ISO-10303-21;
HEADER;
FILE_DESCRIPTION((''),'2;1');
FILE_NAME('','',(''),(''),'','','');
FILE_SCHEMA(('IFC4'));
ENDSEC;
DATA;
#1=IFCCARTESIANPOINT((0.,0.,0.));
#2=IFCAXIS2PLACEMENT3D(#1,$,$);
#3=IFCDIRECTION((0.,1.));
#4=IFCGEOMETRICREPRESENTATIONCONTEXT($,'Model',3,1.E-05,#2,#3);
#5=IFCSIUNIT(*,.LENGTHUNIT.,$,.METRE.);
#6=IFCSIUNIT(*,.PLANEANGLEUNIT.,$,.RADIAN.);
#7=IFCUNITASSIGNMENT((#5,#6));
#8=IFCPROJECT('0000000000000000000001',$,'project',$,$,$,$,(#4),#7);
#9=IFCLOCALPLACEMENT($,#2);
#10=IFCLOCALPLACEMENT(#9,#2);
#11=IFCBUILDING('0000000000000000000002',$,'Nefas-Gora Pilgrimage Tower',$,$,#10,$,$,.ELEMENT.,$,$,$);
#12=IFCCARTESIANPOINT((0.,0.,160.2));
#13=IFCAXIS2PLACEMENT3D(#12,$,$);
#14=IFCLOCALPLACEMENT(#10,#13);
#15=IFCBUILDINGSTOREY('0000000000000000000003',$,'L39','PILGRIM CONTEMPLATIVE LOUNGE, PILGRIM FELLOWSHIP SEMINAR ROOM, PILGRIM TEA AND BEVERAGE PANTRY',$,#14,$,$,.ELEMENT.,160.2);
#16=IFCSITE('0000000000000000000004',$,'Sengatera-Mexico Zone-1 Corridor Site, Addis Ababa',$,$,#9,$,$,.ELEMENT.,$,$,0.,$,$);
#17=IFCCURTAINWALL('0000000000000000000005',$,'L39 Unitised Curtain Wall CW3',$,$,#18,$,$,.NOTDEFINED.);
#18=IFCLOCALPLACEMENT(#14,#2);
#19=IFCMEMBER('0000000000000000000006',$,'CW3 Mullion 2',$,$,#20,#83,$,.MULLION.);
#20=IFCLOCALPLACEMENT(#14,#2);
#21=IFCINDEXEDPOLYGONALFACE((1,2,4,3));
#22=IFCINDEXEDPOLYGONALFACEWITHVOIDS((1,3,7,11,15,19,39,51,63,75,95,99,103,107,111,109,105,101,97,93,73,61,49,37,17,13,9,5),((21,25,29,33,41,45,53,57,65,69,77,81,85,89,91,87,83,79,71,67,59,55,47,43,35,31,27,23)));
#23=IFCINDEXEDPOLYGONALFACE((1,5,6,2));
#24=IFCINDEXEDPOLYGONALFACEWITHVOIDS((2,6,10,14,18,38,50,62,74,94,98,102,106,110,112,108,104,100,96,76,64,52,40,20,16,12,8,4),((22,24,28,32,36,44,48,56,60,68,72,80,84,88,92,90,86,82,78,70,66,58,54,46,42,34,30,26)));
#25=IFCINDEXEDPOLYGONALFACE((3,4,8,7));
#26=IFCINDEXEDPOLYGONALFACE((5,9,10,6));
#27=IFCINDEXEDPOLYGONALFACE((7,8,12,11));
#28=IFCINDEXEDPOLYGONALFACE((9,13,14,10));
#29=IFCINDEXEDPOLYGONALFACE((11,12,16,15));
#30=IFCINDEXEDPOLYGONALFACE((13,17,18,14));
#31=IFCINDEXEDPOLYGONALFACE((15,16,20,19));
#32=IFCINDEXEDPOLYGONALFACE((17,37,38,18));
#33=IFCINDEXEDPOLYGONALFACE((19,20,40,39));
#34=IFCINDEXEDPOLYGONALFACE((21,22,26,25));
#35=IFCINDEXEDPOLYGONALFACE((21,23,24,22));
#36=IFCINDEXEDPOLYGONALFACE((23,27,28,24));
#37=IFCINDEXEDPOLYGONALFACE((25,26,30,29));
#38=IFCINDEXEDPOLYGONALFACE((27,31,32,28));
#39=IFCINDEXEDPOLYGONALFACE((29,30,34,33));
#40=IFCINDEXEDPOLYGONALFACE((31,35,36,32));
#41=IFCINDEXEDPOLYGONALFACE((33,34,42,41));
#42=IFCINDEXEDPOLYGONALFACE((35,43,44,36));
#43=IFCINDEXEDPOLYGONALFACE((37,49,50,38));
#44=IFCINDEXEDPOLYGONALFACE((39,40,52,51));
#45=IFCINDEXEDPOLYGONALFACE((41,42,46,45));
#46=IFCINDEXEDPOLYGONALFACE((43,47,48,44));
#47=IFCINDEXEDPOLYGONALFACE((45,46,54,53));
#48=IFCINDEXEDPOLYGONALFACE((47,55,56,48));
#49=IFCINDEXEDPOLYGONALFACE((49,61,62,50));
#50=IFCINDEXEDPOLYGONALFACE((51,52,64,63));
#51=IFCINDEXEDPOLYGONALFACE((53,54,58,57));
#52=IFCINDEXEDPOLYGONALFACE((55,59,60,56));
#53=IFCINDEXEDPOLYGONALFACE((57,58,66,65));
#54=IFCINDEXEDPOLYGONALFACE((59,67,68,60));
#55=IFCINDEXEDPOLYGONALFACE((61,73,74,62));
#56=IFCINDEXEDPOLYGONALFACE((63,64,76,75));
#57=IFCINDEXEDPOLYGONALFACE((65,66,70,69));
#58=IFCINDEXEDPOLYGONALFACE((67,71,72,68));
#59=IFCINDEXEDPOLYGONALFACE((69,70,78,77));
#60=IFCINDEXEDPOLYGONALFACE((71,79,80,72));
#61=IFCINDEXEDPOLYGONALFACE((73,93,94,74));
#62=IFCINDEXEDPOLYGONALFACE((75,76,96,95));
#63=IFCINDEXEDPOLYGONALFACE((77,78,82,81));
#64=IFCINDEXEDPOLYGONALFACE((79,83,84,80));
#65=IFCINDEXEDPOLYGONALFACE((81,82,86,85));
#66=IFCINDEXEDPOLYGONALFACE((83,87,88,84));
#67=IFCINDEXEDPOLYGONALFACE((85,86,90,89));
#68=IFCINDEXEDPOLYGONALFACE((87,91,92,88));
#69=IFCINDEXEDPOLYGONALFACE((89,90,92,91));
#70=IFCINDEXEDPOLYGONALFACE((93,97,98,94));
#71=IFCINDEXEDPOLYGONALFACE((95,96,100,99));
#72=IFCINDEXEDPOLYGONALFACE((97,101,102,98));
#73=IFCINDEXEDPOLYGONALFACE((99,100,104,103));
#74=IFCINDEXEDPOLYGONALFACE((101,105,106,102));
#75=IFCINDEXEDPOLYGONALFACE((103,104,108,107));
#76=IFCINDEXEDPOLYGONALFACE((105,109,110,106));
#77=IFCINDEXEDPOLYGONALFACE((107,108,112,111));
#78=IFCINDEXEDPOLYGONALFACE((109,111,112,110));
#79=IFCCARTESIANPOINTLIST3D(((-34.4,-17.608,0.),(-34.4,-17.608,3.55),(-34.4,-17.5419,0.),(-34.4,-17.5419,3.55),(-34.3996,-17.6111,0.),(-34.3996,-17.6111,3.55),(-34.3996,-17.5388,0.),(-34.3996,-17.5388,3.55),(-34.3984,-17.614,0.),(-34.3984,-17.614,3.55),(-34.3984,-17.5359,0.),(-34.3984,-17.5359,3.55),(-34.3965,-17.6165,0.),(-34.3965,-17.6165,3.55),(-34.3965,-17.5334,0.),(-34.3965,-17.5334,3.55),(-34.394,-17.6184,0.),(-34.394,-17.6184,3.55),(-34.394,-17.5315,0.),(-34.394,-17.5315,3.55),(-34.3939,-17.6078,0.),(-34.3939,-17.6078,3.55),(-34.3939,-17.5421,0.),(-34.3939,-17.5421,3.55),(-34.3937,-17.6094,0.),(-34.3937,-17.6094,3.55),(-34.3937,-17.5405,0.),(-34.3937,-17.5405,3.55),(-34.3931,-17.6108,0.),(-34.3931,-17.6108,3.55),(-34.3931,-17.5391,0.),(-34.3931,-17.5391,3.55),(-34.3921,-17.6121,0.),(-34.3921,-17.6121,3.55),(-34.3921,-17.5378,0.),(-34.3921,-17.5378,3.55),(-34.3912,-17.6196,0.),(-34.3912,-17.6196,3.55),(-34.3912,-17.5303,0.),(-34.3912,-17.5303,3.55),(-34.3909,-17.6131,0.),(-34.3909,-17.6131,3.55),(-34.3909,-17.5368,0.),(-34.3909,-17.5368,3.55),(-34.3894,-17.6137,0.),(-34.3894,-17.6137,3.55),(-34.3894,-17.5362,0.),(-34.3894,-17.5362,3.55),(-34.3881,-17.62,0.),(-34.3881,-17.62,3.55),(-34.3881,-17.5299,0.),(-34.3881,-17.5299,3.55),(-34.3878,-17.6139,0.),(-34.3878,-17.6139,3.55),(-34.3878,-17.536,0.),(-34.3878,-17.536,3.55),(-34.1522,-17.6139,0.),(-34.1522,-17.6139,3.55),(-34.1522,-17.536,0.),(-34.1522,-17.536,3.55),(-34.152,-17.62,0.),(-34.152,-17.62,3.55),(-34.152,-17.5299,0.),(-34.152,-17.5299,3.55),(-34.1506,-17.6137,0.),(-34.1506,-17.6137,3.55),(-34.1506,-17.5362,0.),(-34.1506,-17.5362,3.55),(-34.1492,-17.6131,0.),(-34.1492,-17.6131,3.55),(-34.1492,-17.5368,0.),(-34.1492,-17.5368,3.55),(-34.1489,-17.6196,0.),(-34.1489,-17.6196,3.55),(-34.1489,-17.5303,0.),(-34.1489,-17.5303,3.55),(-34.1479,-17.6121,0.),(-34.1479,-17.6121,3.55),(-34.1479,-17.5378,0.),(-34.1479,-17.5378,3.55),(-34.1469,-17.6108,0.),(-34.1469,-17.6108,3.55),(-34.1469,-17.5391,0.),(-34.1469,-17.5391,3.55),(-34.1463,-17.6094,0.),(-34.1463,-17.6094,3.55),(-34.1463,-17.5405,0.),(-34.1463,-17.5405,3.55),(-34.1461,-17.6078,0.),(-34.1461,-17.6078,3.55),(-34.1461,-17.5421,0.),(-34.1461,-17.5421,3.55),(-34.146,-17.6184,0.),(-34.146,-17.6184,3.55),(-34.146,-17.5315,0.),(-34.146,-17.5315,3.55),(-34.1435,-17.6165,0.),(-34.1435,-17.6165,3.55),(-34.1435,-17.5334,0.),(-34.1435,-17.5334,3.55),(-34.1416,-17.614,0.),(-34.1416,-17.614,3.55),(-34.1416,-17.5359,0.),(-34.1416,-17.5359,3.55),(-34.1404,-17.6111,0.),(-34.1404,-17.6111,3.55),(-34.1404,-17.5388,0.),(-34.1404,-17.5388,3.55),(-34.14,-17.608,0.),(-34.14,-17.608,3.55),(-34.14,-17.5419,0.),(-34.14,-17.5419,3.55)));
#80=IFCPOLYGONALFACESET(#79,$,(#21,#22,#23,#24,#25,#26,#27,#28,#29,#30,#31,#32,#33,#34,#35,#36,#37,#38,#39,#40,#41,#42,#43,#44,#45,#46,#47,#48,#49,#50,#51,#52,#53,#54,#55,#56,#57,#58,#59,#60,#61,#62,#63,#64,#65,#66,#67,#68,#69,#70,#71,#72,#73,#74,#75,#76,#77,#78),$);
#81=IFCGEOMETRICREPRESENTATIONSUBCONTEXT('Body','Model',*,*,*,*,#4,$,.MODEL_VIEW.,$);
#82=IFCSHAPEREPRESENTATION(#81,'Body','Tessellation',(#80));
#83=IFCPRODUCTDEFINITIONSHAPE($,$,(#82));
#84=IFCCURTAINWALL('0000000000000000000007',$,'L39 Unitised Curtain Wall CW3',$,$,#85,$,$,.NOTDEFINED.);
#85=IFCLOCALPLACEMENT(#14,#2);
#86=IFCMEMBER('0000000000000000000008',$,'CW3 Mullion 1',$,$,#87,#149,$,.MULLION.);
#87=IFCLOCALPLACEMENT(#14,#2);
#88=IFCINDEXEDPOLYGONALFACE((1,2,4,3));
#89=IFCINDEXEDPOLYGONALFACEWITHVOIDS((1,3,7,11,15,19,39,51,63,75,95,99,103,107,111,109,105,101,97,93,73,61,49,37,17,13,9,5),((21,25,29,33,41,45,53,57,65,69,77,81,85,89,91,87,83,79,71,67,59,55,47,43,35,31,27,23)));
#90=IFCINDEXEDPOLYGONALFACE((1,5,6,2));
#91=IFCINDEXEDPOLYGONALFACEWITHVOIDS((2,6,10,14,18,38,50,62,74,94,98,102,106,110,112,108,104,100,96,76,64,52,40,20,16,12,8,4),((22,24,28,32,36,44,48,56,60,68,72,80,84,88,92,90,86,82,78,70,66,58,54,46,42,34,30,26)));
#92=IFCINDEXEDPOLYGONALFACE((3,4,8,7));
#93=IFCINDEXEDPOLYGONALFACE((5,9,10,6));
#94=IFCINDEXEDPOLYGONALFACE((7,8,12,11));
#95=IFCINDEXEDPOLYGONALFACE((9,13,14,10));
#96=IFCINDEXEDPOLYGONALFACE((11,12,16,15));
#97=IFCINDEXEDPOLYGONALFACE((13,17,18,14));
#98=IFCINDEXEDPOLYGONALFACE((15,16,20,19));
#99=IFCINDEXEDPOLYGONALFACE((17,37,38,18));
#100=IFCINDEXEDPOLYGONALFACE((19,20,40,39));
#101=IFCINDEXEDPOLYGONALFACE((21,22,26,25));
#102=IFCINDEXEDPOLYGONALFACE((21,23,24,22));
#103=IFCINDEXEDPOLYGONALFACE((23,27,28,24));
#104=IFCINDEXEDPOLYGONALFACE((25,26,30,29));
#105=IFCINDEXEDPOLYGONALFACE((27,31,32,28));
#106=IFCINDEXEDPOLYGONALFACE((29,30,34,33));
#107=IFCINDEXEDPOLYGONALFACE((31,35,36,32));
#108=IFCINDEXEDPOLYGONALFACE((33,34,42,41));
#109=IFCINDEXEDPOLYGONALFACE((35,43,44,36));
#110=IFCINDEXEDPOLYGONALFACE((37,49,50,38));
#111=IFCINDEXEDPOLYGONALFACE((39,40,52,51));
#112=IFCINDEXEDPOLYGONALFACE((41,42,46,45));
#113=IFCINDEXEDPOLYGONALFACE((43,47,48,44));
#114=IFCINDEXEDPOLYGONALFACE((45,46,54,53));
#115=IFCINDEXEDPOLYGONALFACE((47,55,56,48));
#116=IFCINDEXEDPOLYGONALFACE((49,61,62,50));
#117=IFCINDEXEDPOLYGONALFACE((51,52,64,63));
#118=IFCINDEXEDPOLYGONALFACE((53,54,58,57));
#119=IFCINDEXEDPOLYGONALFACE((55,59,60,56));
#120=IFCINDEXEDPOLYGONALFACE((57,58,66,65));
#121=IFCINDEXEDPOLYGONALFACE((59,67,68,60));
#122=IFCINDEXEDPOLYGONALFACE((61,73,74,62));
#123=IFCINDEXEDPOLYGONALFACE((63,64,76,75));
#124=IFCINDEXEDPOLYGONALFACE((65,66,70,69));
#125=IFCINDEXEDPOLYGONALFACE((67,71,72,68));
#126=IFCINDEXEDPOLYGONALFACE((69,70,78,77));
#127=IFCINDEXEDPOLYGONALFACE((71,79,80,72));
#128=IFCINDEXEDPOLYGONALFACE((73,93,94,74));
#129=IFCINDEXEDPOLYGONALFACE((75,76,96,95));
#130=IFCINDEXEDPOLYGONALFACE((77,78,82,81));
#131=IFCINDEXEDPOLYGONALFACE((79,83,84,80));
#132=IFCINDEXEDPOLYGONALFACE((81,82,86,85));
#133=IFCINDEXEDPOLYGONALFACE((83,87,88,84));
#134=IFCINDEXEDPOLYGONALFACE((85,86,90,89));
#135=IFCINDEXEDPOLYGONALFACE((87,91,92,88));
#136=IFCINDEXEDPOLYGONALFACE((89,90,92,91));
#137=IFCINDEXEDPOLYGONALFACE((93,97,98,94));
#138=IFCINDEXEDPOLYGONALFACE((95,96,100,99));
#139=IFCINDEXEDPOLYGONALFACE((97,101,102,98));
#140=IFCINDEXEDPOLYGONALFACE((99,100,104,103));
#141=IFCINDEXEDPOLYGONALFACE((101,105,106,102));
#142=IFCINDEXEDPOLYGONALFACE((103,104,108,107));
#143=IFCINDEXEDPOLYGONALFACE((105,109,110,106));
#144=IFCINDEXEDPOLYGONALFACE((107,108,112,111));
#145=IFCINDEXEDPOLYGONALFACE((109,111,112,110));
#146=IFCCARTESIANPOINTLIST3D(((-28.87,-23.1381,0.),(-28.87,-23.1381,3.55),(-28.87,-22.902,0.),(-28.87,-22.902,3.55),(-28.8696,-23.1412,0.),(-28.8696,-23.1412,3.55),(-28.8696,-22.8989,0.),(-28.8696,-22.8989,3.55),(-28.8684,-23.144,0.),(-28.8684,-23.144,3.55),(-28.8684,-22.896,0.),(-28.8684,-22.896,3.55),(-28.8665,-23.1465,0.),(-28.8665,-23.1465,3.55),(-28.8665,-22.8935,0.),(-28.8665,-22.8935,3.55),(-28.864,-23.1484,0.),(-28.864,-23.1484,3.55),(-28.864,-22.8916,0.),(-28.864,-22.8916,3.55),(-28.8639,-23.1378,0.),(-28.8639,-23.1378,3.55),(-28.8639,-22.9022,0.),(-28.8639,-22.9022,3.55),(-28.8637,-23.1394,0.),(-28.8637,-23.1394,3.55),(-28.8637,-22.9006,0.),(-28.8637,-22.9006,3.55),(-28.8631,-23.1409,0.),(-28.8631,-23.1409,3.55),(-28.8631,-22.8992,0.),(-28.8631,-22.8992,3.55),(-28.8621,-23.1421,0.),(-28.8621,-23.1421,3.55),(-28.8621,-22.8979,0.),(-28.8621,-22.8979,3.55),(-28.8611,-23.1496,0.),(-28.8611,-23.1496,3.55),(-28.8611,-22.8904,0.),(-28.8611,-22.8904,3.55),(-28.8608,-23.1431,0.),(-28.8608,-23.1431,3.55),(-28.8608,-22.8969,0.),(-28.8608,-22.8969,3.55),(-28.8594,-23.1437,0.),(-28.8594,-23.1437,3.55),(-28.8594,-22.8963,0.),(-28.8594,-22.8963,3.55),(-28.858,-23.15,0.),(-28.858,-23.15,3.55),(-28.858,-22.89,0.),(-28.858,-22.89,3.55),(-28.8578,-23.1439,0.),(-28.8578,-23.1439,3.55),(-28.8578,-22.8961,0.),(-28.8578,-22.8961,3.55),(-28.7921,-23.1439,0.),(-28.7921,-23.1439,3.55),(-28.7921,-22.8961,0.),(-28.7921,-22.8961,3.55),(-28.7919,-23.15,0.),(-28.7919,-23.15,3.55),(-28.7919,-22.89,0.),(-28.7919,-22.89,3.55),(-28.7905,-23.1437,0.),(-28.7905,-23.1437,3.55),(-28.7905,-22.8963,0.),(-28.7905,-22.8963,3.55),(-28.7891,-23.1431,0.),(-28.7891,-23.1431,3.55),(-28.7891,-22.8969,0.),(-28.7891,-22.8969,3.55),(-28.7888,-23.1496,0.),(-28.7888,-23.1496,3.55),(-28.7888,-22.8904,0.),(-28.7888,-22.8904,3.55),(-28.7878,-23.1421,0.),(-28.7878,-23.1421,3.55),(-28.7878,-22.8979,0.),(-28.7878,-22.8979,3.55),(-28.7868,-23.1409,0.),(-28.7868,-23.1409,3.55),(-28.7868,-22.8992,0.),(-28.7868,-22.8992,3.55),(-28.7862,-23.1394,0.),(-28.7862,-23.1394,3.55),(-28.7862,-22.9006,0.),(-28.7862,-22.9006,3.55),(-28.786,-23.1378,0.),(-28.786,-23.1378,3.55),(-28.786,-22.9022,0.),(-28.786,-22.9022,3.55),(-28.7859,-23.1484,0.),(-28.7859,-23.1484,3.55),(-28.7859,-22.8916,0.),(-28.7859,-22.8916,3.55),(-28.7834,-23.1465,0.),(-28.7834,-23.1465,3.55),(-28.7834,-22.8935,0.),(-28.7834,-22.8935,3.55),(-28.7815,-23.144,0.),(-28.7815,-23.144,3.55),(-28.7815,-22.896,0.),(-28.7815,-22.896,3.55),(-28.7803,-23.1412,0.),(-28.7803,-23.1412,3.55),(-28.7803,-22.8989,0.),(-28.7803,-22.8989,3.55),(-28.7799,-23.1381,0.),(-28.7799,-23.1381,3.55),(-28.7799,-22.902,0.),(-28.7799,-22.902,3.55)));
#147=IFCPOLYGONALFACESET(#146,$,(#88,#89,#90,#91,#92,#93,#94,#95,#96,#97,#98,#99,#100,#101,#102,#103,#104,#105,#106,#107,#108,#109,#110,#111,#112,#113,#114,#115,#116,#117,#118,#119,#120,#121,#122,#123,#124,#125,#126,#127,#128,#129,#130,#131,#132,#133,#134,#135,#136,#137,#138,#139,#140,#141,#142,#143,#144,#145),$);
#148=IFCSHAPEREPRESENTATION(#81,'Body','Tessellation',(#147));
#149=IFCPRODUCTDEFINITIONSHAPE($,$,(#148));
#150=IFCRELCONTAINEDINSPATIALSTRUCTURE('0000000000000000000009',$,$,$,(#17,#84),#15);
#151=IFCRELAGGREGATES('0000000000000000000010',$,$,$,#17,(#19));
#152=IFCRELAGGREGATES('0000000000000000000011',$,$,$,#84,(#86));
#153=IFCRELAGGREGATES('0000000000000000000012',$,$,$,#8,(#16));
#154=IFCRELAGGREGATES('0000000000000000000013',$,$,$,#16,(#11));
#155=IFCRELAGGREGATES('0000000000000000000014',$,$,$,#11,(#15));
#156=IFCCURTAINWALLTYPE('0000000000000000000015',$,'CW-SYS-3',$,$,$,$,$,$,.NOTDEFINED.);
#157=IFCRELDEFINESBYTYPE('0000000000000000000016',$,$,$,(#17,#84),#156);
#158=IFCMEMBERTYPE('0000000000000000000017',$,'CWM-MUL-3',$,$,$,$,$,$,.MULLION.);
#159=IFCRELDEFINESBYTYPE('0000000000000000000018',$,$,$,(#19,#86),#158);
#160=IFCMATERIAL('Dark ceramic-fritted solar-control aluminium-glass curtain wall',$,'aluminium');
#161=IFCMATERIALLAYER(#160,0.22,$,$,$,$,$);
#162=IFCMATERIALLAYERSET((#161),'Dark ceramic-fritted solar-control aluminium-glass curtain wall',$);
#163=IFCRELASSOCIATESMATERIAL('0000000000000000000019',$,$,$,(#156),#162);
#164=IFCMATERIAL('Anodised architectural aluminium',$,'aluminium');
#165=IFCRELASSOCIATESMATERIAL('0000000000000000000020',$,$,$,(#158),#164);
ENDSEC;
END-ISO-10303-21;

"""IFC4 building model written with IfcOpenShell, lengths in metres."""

from ifc_helpers import new_model, si_unit, direction, frame, origin, origin_2d, place, context, subcontext, project, spatial, hollow_rectangle, extrude, source, transform, mapped, material, layer, layer_set, material_profile, profile_set, type_object, element, aggregate, save


model = new_model("IFC4")

# Units and contexts
model_context = context("Model", 3, precision=1e-05, world=origin(), true_north=direction((0.0, 1.0)))
body_context = subcontext(model_context, "Body", "Model", "MODEL_VIEW")
ifc_project = project(units=[si_unit("LENGTHUNIT", "METRE"), si_unit("PLANEANGLEUNIT", "RADIAN")], contexts=[model_context])

# Site, building, storey
site_placement = place(None, origin())
site = spatial("IfcSite", under=ifc_project, at=site_placement, Name="Sengatera-Mexico Zone-1 Corridor Site, Addis Ababa", CompositionType="ELEMENT", RefElevation=0.0)
building_placement = place(site_placement, origin())
building = spatial("IfcBuilding", under=site, at=building_placement, Name="Nefas-Gora Pilgrimage Tower", CompositionType="ELEMENT")
storey_placement = place(building_placement, frame((0.0, 0.0, 160.2)))
storey = spatial("IfcBuildingStorey", under=building, at=storey_placement, Name="L39", Description="PILGRIM CONTEMPLATIVE LOUNGE, PILGRIM FELLOWSHIP SEMINAR ROOM, PILGRIM TEA AND BEVERAGE PANTRY", CompositionType="ELEMENT", Elevation=160.2)

# Shared definitions
ifc_material_1 = material(Name="Dark ceramic-fritted solar-control aluminium-glass curtain wall", Category="aluminium")
ifc_material_2 = material(Name="Anodised architectural aluminium", Category="aluminium")

# Curtain wall, member
ifc_layer_1 = layer(ifc_material_1, 0.22)
ifc_layer_set_1 = layer_set([ifc_layer_1], Name="Dark ceramic-fritted solar-control aluminium-glass curtain wall")
curtain_wall_type_1 = type_object("IfcCurtainWallType", Name="CW-SYS-3", PredefinedType="NOTDEFINED", material=ifc_layer_set_1)
curtain_wall_1_placement = place(storey_placement, origin())
curtain_wall_1 = element("IfcCurtainWall", 1, at=curtain_wall_1_placement, inside=storey, type_object=curtain_wall_type_1, Name="L39 Unitised Curtain Wall CW3", PredefinedType="NOTDEFINED")
ifc_material_profile_1 = material_profile(ifc_material_2, hollow_rectangle(XDim=0.0901, YDim=0.26, WallThickness=0.0061, InnerFilletRadius=0.0061, OuterFilletRadius=0.012, at=origin_2d()), Name="ALU MULLION 90x260")
ifc_profile_set_1 = profile_set([ifc_material_profile_1], Name="Anodised architectural aluminium")
member_type_1 = type_object("IfcMemberType", Name="CWM-MUL-3", PredefinedType="MULLION", material=ifc_profile_set_1)
shared_shape_1 = source(origin(), body_context, "Body", "SweptSolid", [
    extrude(hollow_rectangle(XDim=0.0901, YDim=0.26, WallThickness=0.0061, InnerFilletRadius=0.0061, OuterFilletRadius=0.012, at=origin_2d()), origin(), (0.0, 0.0, 1.0), 3.55),
])
member_1_placement = place(storey_placement, frame((-34.27, -17.575, 0.0), z_axis=(0.0, 0.0, 1.0), x_axis=(0.0, -1.0, 0.0)))
member_1 = element("IfcMember", 2, at=member_1_placement, type_object=member_type_1, Name="CW3 Mullion 2", PredefinedType="MULLION", context=body_context, shape_type="MappedRepresentation", body=[
    mapped(shared_shape_1, transform((0.0, 0.0, 0.0), x_axis=(1.0, 0.0, 0.0), y_axis=(0.0, 1.0, 0.0), z_axis=(0.0, 0.0, 1.0), scale=1.0)),
])

# Curtain wall, member
curtain_wall_2_placement = place(storey_placement, origin())
curtain_wall_2 = element("IfcCurtainWall", 3, at=curtain_wall_2_placement, inside=storey, type_object=curtain_wall_type_1, Name="L39 Unitised Curtain Wall CW3", PredefinedType="NOTDEFINED")
member_2_placement = place(storey_placement, frame((-28.825, -23.02, 0.0), z_axis=(0.0, 0.0, 1.0), x_axis=(1.0, 0.0, 0.0)))
member_2 = element("IfcMember", 4, at=member_2_placement, type_object=member_type_1, Name="CW3 Mullion 1", PredefinedType="MULLION", context=body_context, shape_type="MappedRepresentation", body=[
    mapped(shared_shape_1, transform((0.0, 0.0, 0.0), x_axis=(1.0, 0.0, 0.0), y_axis=(0.0, 1.0, 0.0), z_axis=(0.0, 0.0, 1.0), scale=1.0)),
])

aggregate(curtain_wall_1, [member_1])
aggregate(curtain_wall_2, [member_2])

save(model, "model.ifc")
